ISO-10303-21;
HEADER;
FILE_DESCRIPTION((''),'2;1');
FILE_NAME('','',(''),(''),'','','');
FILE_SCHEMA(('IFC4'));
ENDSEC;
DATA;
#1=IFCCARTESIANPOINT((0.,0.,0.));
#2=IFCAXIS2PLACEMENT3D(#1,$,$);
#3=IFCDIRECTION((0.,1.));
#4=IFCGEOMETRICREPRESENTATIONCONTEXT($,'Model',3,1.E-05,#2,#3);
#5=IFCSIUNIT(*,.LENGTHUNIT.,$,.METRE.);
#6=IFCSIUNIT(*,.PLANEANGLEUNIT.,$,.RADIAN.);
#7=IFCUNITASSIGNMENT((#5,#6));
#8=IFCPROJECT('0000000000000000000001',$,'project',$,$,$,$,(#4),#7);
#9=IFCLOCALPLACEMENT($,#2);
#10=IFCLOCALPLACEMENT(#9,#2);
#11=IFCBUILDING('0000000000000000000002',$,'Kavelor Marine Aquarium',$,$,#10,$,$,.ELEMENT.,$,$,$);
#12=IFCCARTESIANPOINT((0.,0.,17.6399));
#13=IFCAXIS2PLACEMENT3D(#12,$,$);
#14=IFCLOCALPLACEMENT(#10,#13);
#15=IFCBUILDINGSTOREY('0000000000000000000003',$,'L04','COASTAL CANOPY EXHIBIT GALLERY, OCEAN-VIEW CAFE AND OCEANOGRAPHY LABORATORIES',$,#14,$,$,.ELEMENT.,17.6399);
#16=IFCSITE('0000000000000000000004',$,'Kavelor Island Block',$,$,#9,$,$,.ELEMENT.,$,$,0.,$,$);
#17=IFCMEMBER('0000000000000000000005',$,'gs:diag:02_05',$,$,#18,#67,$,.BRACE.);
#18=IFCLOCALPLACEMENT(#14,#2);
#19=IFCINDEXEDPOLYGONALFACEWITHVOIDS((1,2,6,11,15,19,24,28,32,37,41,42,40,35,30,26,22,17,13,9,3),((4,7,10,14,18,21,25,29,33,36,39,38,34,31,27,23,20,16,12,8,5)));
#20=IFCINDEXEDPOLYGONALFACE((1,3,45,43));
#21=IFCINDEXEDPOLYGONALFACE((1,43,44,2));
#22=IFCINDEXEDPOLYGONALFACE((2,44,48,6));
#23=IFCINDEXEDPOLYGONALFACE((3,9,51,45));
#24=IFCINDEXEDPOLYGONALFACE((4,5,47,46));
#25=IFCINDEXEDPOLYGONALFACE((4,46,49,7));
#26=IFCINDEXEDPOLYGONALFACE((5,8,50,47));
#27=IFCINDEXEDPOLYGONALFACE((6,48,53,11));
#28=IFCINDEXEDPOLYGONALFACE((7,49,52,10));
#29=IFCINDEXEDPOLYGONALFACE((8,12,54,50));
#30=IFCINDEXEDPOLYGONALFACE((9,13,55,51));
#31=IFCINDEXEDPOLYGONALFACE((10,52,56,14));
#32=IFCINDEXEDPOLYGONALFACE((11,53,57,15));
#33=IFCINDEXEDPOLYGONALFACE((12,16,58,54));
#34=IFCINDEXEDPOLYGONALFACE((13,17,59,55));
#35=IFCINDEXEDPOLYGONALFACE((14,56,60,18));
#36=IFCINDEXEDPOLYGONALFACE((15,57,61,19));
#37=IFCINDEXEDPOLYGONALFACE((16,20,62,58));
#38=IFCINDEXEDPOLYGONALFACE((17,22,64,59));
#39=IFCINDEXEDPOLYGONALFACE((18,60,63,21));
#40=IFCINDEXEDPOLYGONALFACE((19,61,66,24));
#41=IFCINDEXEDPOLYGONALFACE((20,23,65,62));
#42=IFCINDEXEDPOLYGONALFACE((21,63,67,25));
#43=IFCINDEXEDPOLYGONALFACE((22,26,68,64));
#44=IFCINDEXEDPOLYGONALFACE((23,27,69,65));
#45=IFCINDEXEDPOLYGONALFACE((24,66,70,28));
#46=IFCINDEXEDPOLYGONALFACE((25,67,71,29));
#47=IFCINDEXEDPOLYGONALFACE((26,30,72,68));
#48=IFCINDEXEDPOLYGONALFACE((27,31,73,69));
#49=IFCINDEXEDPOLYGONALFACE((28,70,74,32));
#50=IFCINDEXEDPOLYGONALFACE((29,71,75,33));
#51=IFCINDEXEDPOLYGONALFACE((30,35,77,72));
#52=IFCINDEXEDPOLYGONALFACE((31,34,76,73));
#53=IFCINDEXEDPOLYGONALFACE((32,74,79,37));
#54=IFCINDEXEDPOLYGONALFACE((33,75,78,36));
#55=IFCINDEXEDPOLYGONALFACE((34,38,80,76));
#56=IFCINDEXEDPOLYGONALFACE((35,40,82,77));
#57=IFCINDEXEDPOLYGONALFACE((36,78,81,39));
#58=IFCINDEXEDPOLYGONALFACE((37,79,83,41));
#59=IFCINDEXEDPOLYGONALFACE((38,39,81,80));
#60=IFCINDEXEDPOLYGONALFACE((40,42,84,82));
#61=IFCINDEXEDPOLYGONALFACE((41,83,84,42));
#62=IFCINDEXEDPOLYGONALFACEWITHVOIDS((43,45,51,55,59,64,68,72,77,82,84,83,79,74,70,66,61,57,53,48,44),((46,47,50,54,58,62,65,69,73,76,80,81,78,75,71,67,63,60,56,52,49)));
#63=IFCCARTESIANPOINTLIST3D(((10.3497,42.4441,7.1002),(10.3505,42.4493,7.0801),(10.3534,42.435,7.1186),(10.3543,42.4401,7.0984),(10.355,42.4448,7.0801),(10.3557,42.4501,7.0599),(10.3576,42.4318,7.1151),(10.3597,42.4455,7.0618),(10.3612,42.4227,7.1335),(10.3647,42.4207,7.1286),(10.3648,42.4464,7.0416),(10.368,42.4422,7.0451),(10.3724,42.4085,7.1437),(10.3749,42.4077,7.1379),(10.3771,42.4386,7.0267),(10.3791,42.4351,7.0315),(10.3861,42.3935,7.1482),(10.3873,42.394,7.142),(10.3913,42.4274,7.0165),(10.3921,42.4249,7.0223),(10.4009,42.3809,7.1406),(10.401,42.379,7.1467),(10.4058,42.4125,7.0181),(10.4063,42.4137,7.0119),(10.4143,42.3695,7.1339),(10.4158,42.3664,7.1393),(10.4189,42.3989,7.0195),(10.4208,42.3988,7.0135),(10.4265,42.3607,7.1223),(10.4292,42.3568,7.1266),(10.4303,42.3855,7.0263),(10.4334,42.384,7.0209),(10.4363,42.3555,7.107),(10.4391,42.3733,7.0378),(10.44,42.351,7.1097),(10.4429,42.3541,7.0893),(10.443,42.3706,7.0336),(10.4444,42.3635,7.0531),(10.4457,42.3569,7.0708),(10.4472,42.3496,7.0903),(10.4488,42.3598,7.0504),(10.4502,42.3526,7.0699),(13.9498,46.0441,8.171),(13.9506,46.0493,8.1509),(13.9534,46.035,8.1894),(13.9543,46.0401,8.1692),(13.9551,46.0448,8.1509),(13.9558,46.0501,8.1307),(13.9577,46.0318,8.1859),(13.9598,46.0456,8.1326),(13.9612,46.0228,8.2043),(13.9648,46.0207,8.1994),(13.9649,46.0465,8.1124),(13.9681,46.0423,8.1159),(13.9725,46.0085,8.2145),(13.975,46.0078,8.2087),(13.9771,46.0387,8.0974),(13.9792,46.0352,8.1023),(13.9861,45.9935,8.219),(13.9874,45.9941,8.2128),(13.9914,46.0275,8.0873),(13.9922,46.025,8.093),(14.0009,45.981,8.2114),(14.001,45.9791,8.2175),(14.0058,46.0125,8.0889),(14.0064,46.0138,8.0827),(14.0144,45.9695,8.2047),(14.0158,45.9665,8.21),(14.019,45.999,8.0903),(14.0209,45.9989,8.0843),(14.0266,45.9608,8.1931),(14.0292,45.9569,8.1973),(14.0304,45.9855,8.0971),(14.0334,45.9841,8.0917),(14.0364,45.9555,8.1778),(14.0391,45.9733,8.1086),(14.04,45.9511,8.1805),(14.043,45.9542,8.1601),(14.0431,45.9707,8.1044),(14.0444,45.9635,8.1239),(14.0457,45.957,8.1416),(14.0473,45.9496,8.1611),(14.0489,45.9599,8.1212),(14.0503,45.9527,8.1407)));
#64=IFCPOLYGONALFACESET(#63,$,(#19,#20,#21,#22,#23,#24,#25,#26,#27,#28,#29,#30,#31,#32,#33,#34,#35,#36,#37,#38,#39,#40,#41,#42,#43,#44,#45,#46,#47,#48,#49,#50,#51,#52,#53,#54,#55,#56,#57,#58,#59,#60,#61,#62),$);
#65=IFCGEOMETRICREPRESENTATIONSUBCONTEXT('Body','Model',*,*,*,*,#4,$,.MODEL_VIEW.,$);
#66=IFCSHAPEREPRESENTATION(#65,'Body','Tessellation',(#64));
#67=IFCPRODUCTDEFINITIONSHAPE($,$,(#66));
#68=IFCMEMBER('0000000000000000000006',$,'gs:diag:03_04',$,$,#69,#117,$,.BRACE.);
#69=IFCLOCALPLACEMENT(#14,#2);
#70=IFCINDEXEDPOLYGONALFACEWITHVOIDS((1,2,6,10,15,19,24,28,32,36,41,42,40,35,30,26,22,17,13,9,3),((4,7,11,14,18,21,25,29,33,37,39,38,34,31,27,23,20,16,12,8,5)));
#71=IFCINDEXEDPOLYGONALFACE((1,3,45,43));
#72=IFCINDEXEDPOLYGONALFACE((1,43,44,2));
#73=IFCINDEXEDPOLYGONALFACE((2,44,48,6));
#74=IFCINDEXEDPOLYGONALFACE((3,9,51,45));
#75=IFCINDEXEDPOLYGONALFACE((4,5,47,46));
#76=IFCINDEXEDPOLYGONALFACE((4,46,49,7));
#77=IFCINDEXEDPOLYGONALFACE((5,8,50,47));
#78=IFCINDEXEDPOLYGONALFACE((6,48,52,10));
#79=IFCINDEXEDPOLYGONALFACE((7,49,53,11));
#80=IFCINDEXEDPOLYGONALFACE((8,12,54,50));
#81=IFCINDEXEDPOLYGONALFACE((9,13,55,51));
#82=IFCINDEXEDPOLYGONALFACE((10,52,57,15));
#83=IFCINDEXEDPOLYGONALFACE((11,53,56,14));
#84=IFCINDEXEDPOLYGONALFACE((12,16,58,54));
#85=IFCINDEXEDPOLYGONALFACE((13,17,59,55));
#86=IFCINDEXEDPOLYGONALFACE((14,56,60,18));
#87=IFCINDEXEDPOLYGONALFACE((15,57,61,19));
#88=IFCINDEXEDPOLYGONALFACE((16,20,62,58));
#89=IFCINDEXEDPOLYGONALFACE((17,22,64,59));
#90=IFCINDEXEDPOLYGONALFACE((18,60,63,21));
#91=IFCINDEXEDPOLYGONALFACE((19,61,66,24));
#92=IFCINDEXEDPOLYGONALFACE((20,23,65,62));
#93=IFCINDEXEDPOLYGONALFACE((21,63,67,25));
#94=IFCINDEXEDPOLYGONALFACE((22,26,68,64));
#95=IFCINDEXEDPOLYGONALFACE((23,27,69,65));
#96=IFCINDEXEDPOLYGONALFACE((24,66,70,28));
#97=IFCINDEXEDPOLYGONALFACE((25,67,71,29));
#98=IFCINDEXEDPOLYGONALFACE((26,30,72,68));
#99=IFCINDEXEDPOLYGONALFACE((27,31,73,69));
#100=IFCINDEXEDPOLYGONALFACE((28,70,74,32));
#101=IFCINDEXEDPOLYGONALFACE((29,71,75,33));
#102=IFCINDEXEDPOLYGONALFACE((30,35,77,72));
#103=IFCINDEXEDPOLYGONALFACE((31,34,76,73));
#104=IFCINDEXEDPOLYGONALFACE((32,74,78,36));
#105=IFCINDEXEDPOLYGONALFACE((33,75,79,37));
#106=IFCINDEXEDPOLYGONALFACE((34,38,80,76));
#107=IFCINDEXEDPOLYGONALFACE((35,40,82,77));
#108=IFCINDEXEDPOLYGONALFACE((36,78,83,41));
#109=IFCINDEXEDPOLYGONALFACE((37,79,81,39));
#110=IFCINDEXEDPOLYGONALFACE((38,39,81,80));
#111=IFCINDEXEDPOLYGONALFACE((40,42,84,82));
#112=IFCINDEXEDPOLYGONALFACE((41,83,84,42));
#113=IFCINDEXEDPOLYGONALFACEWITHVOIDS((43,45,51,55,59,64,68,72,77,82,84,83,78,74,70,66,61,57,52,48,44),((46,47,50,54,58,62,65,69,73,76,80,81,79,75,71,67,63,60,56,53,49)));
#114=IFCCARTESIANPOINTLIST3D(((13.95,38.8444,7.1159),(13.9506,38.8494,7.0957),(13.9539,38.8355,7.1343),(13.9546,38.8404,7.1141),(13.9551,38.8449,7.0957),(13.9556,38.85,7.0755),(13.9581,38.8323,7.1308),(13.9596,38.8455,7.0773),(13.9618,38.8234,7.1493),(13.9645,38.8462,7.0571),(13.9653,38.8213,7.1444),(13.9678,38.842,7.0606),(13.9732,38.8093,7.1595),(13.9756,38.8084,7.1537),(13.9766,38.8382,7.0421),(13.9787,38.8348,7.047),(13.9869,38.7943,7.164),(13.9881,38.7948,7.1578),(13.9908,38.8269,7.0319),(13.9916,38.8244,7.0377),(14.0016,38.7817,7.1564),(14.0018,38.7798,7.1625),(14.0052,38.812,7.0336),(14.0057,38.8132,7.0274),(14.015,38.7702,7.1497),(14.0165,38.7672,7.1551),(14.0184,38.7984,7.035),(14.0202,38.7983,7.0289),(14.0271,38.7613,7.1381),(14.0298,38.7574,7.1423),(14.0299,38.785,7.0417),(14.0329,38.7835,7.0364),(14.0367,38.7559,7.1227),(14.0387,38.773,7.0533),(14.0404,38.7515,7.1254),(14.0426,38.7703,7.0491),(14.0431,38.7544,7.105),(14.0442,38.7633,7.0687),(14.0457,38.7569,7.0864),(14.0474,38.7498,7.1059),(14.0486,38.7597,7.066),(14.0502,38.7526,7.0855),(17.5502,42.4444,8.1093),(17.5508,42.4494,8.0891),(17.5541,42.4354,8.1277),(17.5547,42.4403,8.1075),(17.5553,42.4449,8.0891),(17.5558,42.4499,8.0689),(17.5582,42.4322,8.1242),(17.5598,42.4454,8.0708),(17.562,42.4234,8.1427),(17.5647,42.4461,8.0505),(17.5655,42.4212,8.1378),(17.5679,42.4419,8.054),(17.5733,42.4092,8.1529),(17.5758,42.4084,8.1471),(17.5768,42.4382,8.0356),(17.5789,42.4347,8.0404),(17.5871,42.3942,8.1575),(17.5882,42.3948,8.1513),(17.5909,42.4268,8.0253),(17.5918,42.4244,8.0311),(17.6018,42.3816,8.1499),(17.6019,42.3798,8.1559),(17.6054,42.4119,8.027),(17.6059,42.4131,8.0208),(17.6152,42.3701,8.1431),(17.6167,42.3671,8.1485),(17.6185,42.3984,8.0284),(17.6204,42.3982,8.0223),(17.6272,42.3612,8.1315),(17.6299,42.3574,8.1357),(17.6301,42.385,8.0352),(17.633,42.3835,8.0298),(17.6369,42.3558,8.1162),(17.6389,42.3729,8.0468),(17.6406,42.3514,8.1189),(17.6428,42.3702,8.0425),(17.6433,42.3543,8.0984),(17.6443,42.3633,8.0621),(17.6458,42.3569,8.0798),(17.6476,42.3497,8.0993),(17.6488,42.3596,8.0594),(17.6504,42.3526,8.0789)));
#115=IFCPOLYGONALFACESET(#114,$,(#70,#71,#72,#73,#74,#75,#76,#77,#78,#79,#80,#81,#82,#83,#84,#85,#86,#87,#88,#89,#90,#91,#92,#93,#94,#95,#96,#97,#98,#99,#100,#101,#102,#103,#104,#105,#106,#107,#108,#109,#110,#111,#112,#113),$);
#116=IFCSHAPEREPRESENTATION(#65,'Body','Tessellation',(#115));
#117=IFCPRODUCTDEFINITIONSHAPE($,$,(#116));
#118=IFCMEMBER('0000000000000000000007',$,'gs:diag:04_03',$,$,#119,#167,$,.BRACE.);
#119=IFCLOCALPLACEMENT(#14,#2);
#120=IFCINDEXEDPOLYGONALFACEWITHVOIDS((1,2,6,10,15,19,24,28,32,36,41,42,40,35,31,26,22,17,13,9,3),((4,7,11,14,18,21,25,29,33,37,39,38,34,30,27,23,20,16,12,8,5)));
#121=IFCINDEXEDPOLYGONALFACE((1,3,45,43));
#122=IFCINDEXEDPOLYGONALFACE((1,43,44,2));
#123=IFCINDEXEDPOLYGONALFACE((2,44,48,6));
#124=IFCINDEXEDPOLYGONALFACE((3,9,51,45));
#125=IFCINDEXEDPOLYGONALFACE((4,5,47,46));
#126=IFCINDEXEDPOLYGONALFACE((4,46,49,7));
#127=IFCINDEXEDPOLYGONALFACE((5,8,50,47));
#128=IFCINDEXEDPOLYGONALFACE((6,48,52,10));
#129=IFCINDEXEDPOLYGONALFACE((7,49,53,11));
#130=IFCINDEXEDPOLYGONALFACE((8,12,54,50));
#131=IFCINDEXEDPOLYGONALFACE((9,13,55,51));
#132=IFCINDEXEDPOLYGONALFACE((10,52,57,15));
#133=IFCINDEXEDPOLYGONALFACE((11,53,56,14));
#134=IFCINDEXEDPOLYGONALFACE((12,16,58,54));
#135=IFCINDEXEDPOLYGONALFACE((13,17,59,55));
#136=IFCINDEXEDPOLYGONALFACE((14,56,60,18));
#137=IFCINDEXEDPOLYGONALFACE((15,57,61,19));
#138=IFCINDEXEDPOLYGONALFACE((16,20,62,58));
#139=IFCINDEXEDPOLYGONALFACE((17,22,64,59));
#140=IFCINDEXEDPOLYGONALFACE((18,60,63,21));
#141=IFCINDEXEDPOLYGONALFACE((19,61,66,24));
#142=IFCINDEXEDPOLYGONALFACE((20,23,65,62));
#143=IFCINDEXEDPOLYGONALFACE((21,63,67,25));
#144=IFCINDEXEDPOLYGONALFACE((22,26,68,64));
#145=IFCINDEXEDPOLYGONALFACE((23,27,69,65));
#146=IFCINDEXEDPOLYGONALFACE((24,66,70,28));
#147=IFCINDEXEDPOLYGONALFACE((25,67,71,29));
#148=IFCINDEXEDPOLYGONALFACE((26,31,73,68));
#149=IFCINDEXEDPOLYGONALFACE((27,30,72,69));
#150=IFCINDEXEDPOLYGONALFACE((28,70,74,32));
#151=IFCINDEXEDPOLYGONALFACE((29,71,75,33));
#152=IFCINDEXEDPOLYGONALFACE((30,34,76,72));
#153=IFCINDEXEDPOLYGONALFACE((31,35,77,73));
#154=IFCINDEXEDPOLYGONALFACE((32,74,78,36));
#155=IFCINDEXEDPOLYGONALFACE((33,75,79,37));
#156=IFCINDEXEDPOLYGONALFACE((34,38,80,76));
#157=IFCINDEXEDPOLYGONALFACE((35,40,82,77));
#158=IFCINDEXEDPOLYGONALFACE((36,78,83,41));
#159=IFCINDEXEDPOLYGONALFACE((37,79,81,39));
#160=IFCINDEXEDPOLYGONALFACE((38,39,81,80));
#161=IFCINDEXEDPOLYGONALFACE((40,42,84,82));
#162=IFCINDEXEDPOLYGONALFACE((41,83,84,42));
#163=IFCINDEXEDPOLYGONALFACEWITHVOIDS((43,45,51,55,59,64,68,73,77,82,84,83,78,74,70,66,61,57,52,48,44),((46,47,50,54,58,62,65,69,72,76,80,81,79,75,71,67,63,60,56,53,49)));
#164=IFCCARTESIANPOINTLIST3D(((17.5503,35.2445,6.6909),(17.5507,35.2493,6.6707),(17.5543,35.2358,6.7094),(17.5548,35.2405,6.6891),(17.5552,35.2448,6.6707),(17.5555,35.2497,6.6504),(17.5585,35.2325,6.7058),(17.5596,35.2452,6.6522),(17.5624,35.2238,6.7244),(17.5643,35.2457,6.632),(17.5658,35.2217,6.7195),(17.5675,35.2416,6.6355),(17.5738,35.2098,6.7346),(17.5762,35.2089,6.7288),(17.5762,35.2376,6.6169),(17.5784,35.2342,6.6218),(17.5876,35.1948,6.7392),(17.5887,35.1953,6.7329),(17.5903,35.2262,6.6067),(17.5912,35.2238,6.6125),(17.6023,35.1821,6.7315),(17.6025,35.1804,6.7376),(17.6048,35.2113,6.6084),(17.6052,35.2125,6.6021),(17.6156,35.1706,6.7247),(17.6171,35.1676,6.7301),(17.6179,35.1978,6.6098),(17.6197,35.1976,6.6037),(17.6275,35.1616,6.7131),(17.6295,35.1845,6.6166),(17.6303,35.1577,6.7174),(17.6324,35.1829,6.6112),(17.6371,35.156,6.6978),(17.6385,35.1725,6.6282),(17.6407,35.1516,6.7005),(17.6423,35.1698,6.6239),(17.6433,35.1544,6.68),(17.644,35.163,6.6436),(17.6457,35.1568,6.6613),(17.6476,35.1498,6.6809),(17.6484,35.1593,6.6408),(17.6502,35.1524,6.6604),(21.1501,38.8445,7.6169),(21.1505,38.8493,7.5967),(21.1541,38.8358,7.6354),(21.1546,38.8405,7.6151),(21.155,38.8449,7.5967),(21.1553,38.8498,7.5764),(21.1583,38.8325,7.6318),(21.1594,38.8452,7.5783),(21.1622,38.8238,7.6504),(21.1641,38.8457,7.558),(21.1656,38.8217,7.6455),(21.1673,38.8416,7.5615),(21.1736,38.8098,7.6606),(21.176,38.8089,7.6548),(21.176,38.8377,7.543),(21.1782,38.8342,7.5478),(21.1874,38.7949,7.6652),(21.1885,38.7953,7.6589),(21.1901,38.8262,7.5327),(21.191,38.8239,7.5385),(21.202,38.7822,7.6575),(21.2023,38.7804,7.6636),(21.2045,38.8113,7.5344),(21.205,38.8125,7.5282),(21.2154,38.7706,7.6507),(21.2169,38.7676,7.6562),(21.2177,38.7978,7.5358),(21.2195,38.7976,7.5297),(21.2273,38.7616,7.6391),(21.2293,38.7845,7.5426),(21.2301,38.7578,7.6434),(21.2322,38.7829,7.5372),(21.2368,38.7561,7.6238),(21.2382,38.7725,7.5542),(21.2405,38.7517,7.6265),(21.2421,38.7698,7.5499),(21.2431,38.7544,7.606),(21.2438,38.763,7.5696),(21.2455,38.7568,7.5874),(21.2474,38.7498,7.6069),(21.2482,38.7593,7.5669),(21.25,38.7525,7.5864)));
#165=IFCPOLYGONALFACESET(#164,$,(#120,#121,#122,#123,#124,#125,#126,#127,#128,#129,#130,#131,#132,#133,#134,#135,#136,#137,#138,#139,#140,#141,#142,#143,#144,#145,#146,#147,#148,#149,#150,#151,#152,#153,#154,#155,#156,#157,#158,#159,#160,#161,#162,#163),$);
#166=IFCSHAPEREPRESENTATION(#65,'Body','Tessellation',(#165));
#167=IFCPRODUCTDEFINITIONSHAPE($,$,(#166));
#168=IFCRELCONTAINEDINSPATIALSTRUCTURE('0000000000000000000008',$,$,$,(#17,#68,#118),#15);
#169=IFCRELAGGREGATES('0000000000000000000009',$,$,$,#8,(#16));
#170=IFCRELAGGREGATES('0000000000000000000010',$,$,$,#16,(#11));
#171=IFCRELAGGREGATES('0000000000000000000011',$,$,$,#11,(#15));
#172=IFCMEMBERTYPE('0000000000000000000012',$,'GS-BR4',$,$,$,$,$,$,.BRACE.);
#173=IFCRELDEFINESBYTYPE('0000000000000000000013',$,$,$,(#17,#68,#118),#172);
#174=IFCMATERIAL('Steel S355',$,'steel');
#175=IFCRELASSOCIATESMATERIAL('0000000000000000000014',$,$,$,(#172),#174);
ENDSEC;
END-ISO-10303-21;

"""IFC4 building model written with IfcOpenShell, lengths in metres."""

from ifc_helpers import new_model, si_unit, direction, frame, origin, origin_2d, place, context, subcontext, project, spatial, hollow_circle, extrude, material, material_profile, profile_set, type_object, element, save


model = new_model("IFC4")

# Units and contexts
model_context = context("Model", 3, precision=1e-05, world=origin(), true_north=direction((0.0, 1.0)))
body_context = subcontext(model_context, "Body", "Model", "MODEL_VIEW")
ifc_project = project(units=[si_unit("LENGTHUNIT", "METRE"), si_unit("PLANEANGLEUNIT", "RADIAN")], contexts=[model_context])

# Site, building, storey
site_placement = place(None, origin())
site = spatial("IfcSite", under=ifc_project, at=site_placement, Name="Kavelor Island Block", CompositionType="ELEMENT", RefElevation=0.0)
building_placement = place(site_placement, origin())
building = spatial("IfcBuilding", under=site, at=building_placement, Name="Kavelor Marine Aquarium", CompositionType="ELEMENT")
storey_placement = place(building_placement, frame((0.0, 0.0, 17.6399)))
storey = spatial("IfcBuildingStorey", under=building, at=storey_placement, Name="L04", Description="COASTAL CANOPY EXHIBIT GALLERY, OCEAN-VIEW CAFE AND OCEANOGRAPHY LABORATORIES", CompositionType="ELEMENT", Elevation=17.6399)

# Members
ifc_material_1 = material(Name="Steel S355", Category="steel")
ifc_material_profile_1 = material_profile(ifc_material_1, hollow_circle(Radius=0.0698, WallThickness=0.0063, at=origin_2d()), Name="CHS 139.7x6.3")
ifc_profile_set_1 = profile_set([ifc_material_profile_1], Name="Steel S355")
member_type_1 = type_object("IfcMemberType", Name="GS-BR4", PredefinedType="BRACE", material=ifc_profile_set_1)
member_1_placement = place(storey_placement, frame((10.3999, 42.3999, 7.0801), z_axis=(0.691968, 0.691968, 0.205817), x_axis=(-0.707107, 0.707107, 0.0)))
element("IfcMember", 1, at=member_1_placement, inside=storey, type_object=member_type_1, Name="gs:diag:02_05", PredefinedType="BRACE", context=body_context, shape_type="SweptSolid", body=[
    extrude(hollow_circle(Radius=0.0698, WallThickness=0.0063, at=origin_2d()), origin(), (0.0, 0.0, 1.0), 5.2026),
])
member_2_placement = place(storey_placement, frame((14.0, 38.8, 7.0957), z_axis=(0.694042, 0.693995, 0.191513), x_axis=(-0.707083, 0.707131, 0.0)))
element("IfcMember", 2, at=member_2_placement, inside=storey, type_object=member_type_1, Name="gs:diag:03_04", PredefinedType="BRACE", context=body_context, shape_type="SweptSolid", body=[
    extrude(hollow_circle(Radius=0.0698, WallThickness=0.0063, at=origin_2d()), origin(), (0.0, 0.0, 1.0), 5.1873),
])
member_3_placement = place(storey_placement, frame((17.6001, 35.2, 6.6707), z_axis=(0.695669, 0.695716, 0.178954), x_axis=(-0.707131, 0.707083, 0.0)))
element("IfcMember", 3, at=member_3_placement, inside=storey, type_object=member_type_1, Name="gs:diag:04_03", PredefinedType="BRACE", context=body_context, shape_type="SweptSolid", body=[
    extrude(hollow_circle(Radius=0.0698, WallThickness=0.0063, at=origin_2d()), origin(), (0.0, 0.0, 1.0), 5.1746),
])

save(model, "model.ifc")
